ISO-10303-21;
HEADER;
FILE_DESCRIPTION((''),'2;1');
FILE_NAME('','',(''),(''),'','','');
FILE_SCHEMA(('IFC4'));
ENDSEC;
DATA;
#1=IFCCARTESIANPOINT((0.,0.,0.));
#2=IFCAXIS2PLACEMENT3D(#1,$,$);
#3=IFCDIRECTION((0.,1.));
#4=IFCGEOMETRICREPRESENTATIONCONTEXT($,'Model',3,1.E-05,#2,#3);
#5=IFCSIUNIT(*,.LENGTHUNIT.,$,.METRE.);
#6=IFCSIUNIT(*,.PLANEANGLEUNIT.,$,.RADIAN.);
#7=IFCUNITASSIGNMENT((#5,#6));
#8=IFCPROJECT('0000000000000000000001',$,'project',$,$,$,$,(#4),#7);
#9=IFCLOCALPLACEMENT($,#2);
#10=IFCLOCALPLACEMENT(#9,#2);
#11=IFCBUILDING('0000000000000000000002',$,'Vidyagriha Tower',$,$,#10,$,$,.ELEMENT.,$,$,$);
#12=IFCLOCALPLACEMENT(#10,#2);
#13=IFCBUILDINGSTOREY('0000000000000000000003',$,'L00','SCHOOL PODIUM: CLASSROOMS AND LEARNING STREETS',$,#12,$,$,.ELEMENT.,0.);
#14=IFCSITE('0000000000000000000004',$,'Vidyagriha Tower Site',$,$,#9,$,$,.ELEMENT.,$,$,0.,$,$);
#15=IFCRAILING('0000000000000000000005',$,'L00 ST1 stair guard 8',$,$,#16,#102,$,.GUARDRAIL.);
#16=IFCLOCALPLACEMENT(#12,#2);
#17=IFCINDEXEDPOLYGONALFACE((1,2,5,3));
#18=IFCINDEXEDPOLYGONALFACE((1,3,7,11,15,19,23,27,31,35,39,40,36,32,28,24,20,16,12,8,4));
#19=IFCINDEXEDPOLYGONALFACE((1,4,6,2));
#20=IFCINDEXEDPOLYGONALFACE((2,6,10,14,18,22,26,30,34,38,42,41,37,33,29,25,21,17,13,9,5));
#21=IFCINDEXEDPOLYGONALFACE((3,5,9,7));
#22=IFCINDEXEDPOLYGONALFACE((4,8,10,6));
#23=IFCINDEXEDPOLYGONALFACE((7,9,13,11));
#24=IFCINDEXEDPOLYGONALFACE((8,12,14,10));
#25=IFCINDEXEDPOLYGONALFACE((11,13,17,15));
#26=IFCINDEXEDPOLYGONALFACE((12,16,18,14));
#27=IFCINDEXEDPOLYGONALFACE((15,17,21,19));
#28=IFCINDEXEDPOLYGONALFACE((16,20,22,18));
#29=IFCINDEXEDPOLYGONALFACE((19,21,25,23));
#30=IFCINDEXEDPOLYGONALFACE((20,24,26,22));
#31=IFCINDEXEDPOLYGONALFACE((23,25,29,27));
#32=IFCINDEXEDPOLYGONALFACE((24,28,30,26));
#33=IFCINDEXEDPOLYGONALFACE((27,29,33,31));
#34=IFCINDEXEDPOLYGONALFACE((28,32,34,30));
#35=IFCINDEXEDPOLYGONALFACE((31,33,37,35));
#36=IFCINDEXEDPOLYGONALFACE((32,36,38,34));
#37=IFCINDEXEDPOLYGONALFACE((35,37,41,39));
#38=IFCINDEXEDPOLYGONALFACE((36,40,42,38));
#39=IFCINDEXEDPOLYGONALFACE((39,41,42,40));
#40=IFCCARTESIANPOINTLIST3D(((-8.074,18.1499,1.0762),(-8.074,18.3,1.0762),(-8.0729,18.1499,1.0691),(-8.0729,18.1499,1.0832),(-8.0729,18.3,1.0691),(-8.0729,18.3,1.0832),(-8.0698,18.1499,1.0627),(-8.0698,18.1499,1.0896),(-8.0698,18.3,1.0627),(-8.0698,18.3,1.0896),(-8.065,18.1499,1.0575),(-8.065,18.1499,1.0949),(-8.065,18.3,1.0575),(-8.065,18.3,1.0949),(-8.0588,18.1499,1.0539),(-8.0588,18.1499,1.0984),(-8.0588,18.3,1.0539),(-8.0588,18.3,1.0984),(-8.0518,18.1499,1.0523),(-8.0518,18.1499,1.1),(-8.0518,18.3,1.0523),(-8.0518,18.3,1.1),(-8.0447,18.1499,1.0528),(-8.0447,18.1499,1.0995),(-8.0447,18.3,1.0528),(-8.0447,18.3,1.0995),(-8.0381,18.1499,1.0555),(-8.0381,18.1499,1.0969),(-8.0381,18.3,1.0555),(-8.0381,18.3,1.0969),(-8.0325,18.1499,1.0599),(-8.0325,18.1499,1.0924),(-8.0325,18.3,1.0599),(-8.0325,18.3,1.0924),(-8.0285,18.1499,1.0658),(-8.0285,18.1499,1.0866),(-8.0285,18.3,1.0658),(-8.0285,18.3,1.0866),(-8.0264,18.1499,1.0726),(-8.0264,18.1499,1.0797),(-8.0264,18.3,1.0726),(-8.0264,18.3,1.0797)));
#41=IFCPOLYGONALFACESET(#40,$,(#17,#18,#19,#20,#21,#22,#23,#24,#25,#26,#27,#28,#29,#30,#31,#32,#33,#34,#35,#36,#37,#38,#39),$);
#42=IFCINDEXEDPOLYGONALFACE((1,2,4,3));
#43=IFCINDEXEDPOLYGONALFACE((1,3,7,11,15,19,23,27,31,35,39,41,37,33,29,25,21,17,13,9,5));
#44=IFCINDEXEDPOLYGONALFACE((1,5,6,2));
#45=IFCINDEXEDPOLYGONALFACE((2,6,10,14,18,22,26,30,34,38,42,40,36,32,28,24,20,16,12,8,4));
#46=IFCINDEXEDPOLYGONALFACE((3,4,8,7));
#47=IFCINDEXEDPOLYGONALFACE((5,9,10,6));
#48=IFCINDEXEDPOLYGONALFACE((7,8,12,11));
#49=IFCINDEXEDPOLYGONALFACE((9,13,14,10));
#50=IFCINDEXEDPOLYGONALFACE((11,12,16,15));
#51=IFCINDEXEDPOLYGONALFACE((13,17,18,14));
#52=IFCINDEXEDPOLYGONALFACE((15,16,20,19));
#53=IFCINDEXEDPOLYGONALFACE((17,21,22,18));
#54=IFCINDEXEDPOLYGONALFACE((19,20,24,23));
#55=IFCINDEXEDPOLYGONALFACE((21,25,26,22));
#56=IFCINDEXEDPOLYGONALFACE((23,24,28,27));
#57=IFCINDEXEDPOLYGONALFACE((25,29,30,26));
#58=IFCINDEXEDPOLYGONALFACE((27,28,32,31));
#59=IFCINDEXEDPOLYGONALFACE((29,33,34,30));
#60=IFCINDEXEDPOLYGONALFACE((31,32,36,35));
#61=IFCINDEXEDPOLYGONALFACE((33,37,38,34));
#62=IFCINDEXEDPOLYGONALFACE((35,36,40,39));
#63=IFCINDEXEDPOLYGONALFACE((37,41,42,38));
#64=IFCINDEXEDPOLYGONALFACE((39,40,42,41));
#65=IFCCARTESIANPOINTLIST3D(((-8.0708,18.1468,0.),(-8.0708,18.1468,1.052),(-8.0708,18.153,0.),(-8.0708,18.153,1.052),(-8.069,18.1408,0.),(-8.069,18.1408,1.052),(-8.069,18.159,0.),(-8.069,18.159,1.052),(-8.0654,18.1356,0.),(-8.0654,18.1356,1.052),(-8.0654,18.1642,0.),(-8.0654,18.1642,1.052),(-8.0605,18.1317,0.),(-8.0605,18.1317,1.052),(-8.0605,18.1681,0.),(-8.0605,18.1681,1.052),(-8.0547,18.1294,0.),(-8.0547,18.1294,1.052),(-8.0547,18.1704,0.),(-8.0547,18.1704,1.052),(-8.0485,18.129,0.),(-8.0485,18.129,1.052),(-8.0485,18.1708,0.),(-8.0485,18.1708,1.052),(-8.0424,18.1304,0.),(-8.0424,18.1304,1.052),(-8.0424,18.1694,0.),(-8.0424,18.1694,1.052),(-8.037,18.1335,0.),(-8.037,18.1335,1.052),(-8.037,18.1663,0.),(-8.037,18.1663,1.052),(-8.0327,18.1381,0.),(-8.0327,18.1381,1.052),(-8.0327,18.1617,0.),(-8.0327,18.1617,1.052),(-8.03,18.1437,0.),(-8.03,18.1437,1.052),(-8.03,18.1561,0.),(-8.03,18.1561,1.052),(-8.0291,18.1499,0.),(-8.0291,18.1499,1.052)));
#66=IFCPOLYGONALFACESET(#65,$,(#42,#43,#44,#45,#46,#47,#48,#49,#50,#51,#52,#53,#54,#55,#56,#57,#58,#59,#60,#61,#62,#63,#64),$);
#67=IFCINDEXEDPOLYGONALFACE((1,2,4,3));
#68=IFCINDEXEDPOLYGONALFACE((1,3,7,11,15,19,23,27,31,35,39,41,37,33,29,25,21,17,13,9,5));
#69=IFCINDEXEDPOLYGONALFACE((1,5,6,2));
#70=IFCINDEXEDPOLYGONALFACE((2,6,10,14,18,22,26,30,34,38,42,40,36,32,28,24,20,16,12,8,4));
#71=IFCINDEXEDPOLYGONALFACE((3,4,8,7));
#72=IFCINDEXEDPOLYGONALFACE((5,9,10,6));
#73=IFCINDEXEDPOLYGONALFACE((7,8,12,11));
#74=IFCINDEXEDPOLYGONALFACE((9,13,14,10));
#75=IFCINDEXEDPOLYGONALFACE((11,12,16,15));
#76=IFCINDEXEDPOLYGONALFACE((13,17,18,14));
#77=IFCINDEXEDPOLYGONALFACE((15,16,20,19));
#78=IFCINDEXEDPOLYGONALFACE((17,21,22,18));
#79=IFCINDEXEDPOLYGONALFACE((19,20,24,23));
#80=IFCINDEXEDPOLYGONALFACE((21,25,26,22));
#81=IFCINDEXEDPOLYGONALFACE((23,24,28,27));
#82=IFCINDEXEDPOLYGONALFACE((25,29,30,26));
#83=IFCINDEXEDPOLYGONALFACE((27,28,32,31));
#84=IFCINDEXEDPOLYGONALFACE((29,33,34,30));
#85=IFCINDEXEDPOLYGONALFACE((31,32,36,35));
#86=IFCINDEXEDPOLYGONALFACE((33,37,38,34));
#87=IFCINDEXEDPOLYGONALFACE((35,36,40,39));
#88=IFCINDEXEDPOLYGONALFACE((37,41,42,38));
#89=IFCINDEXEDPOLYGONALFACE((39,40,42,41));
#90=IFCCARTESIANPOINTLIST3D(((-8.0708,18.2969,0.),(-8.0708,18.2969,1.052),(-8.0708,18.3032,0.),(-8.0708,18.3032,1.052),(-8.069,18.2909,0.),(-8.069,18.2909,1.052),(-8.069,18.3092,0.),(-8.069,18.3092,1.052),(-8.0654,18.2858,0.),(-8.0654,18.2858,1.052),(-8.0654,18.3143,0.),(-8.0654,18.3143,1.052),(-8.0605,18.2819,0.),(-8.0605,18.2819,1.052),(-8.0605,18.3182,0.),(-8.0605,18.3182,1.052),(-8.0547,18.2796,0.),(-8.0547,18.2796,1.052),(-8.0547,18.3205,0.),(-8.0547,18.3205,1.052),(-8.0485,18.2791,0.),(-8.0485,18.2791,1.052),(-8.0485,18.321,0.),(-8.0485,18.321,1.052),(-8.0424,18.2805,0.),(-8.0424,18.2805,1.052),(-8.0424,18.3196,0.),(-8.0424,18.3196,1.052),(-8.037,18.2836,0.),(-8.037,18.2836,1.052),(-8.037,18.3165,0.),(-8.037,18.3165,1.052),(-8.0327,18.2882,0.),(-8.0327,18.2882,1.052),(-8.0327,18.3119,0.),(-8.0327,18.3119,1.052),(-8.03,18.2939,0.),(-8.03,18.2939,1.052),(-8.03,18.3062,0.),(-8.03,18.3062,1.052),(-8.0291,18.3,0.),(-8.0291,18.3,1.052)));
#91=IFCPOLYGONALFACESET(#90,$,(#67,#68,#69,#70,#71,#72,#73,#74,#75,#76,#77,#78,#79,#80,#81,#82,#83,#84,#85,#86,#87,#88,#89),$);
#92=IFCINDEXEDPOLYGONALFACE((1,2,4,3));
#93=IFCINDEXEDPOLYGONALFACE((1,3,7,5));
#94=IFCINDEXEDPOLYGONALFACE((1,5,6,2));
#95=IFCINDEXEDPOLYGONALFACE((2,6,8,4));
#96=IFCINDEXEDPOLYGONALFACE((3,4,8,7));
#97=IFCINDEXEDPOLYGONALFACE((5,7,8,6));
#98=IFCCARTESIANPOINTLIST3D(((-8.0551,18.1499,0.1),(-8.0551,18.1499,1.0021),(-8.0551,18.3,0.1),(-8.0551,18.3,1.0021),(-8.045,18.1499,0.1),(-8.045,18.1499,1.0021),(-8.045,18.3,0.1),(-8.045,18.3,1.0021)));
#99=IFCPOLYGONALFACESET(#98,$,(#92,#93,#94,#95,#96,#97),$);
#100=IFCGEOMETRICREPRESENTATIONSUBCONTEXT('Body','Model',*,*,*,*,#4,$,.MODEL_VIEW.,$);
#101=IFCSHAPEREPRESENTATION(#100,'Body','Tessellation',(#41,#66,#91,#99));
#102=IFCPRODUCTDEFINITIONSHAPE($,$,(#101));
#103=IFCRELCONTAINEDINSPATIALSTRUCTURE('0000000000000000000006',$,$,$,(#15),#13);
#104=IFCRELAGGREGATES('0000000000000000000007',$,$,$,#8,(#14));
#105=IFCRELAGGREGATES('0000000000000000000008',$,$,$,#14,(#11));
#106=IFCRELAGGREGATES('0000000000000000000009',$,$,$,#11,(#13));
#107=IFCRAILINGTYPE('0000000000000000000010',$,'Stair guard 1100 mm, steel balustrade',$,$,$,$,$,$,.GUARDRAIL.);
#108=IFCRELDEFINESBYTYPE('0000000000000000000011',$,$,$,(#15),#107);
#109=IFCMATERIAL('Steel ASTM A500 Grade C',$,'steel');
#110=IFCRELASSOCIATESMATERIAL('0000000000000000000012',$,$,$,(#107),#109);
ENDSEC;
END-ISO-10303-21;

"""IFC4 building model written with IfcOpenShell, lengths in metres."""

from ifc_helpers import new_model, si_unit, direction, frame, origin, origin_2d, place, context, subcontext, project, spatial, rectangle, circle, extrude, material, type_object, element, save


model = new_model("IFC4")

# Units and contexts
model_context = context("Model", 3, precision=1e-05, world=origin(), true_north=direction((0.0, 1.0)))
body_context = subcontext(model_context, "Body", "Model", "MODEL_VIEW")
ifc_project = project(units=[si_unit("LENGTHUNIT", "METRE"), si_unit("PLANEANGLEUNIT", "RADIAN")], contexts=[model_context])

# Site, building, storey
site_placement = place(None, origin())
site = spatial("IfcSite", under=ifc_project, at=site_placement, Name="Vidyagriha Tower Site", CompositionType="ELEMENT", RefElevation=0.0)
building_placement = place(site_placement, origin())
building = spatial("IfcBuilding", under=site, at=building_placement, Name="Vidyagriha Tower", CompositionType="ELEMENT")
storey_placement = place(building_placement, origin())
storey = spatial("IfcBuildingStorey", under=building, at=storey_placement, Name="L00", Description="SCHOOL PODIUM: CLASSROOMS AND LEARNING STREETS", CompositionType="ELEMENT", Elevation=0.0)

# Railing
ifc_material_1 = material(Name="Steel ASTM A500 Grade C", Category="steel")
railing_type_1 = type_object("IfcRailingType", Name="Stair guard 1100 mm, steel balustrade", PredefinedType="GUARDRAIL", material=ifc_material_1)
railing_1_placement = place(storey_placement, frame((-8.05, 18.1499, 0.0)))
element("IfcRailing", 1, at=railing_1_placement, inside=storey, type_object=railing_type_1, Name="L00 ST1 stair guard 8", PredefinedType="GUARDRAIL", context=body_context, shape_type="SweptSolid", body=[
    extrude(circle(Radius=0.0239, at=origin_2d()), frame((0.0, 0.0, 1.0762), z_axis=(0.0, 1.0, 0.0), x_axis=(-1.0, 0.0, 0.0)), (0.0, 0.0, 1.0), 0.1501),
    extrude(circle(Radius=0.021, at=origin_2d()), origin(), (0.0, 0.0, 1.0), 1.052),
    extrude(circle(Radius=0.021, at=origin_2d()), frame((0.0, 0.1501, 0.0)), (0.0, 0.0, 1.0), 1.052),
    extrude(rectangle(XDim=0.01, YDim=0.9021, at=origin_2d()), frame((0.0, 0.0, 0.551), z_axis=(0.0, 1.0, 0.0), x_axis=(-1.0, 0.0, 0.0)), (0.0, 0.0, 1.0), 0.1501),
])

save(model, "model.ifc")
